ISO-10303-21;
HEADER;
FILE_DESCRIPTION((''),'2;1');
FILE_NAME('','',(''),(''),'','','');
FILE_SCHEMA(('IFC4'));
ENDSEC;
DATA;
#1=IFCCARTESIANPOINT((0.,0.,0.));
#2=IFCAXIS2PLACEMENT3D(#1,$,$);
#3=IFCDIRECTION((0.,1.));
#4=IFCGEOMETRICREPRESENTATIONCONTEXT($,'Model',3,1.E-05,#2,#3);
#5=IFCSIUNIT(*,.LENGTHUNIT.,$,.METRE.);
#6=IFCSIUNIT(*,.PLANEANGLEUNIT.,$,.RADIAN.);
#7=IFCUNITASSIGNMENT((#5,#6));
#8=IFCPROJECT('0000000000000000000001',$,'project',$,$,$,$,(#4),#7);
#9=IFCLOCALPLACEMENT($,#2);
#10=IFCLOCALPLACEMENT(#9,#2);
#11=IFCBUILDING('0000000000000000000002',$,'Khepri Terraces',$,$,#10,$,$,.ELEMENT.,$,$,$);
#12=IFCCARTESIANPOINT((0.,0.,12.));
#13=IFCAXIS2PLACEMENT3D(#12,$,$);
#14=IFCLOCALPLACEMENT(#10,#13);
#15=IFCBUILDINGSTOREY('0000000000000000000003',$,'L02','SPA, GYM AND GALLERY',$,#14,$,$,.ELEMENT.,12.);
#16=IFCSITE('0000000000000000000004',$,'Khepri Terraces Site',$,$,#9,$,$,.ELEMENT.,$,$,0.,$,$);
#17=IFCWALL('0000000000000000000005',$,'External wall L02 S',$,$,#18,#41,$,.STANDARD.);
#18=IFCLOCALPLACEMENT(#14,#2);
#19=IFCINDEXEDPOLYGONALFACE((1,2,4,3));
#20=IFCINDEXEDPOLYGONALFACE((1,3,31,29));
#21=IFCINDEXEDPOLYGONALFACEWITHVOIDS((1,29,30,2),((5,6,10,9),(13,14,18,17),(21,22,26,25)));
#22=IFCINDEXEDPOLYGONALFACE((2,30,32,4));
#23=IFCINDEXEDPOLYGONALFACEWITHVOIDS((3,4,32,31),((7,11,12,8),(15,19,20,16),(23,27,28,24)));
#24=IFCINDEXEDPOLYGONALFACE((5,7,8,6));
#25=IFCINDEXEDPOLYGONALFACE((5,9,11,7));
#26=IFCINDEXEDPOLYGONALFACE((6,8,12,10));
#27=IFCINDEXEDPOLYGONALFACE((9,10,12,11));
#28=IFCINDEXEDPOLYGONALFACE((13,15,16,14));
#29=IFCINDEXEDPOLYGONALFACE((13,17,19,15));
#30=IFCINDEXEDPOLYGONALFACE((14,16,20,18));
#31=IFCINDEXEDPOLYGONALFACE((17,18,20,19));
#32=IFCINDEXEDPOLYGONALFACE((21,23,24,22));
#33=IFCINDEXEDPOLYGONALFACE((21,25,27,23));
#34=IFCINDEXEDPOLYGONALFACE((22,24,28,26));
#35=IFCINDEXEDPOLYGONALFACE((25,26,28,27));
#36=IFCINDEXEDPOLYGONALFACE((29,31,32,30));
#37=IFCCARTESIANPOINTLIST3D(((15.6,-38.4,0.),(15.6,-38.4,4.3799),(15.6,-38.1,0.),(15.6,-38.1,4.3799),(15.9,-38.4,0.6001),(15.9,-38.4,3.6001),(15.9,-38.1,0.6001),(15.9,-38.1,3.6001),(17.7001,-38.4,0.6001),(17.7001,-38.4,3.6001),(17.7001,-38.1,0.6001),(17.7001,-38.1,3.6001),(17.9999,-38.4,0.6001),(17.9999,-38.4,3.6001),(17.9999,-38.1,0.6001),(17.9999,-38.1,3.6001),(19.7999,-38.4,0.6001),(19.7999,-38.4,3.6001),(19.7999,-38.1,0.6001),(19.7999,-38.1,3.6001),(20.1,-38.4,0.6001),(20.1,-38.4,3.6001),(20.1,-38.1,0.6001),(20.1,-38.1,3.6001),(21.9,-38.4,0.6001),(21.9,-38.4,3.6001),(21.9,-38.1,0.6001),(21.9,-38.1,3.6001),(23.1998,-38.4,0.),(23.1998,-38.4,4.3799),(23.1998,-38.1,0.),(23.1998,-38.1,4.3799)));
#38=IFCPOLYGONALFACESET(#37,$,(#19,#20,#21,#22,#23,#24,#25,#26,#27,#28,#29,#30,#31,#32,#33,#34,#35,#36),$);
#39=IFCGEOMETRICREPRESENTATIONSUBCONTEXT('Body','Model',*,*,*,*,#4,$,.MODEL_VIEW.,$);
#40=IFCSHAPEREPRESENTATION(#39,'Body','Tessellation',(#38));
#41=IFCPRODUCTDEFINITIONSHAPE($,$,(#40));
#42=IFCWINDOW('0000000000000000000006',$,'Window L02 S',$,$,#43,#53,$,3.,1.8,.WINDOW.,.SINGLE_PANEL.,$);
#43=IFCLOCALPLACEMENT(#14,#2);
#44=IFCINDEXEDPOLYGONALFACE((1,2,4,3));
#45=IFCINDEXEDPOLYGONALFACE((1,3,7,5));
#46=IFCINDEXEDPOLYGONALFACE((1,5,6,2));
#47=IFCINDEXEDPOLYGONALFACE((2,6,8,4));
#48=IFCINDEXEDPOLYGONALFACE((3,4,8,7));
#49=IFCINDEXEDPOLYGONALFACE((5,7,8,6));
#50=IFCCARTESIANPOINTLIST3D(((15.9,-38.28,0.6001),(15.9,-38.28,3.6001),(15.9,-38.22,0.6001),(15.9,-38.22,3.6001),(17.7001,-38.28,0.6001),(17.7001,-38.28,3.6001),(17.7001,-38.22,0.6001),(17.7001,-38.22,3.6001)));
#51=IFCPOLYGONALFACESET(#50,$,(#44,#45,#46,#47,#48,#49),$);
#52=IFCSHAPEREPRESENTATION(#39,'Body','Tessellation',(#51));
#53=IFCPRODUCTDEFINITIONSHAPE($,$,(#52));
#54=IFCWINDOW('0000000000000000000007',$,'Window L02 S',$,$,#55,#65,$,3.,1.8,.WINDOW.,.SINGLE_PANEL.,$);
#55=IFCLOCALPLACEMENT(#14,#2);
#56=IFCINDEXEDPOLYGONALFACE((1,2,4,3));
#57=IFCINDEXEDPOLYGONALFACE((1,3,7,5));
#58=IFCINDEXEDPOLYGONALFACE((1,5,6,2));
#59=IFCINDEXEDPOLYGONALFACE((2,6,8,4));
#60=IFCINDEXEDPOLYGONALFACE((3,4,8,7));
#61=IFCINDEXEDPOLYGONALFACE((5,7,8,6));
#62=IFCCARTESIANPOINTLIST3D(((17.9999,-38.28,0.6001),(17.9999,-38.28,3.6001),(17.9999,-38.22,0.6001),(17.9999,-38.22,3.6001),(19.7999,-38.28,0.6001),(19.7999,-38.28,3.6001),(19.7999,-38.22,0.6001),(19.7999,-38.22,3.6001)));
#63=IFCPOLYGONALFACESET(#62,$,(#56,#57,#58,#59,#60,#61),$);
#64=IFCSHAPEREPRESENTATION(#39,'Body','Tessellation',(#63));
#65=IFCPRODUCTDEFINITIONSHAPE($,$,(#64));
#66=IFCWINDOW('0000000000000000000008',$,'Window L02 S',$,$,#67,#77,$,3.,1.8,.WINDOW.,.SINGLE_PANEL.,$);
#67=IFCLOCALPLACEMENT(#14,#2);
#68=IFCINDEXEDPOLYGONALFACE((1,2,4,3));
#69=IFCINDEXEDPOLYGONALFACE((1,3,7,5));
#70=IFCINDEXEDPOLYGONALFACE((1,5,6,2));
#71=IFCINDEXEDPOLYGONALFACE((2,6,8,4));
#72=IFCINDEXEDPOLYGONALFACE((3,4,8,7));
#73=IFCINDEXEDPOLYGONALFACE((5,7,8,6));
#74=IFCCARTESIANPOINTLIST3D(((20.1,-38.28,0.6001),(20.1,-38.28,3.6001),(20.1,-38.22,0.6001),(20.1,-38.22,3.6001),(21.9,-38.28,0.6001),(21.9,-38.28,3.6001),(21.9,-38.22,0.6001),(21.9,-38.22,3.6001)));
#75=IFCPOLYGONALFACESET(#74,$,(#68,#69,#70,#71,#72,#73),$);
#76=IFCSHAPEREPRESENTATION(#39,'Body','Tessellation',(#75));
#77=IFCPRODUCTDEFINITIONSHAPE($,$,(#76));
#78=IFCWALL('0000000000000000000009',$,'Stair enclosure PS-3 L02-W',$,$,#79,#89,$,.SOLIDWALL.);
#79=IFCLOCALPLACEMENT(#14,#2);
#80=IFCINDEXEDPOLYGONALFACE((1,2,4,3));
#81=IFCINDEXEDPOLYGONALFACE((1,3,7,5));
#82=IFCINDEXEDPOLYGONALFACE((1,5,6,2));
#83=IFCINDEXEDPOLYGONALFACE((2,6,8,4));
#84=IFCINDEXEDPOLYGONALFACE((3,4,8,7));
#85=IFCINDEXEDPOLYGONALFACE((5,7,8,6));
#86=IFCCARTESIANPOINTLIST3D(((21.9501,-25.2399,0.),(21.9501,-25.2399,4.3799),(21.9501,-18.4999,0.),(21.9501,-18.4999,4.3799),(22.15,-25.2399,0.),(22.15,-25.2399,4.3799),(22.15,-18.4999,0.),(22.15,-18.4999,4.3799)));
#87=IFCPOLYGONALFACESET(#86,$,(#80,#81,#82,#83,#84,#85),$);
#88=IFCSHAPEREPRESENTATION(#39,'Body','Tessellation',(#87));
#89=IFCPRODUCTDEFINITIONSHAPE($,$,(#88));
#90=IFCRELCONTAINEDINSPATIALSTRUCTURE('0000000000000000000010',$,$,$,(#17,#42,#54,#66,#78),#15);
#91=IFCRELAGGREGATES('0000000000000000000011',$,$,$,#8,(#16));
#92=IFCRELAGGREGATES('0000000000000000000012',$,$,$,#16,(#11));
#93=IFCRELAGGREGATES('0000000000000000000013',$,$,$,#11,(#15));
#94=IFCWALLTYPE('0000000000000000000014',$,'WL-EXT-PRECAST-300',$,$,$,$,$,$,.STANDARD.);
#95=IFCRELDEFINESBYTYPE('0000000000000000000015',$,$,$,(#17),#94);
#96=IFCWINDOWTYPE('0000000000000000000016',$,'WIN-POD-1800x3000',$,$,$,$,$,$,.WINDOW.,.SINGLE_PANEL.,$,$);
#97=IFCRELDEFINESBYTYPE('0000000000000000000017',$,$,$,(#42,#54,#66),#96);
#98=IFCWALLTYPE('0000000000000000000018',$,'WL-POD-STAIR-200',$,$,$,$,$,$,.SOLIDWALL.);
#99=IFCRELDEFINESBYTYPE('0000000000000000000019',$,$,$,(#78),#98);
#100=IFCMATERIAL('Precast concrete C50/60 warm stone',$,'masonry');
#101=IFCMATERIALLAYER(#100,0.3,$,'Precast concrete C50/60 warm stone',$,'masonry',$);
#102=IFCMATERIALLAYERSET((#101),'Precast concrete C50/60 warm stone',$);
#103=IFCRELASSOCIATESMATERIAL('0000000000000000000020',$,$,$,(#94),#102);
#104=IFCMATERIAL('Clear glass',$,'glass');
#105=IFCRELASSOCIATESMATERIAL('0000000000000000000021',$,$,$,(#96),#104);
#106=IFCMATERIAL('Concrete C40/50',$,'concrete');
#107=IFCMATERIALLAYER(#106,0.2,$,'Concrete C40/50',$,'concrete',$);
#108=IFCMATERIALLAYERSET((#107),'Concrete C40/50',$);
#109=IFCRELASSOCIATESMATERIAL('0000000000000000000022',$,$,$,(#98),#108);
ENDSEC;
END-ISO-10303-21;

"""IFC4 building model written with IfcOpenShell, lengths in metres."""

from ifc_helpers import new_model, si_unit, direction, frame, frame_2d, origin, place, context, subcontext, project, spatial, rectangle, extrude, material, layer, layer_set, type_object, element, fill, save


model = new_model("IFC4")

# Units and contexts
model_context = context("Model", 3, precision=1e-05, world=origin(), true_north=direction((0.0, 1.0)))
body_context = subcontext(model_context, "Body", "Model", "MODEL_VIEW")
ifc_project = project(units=[si_unit("LENGTHUNIT", "METRE"), si_unit("PLANEANGLEUNIT", "RADIAN")], contexts=[model_context])

# Site, building, storey
site_placement = place(None, origin())
site = spatial("IfcSite", under=ifc_project, at=site_placement, Name="Khepri Terraces Site", CompositionType="ELEMENT", RefElevation=0.0)
building_placement = place(site_placement, origin())
building = spatial("IfcBuilding", under=site, at=building_placement, Name="Khepri Terraces", CompositionType="ELEMENT")
storey_placement = place(building_placement, frame((0.0, 0.0, 12.0)))
storey = spatial("IfcBuildingStorey", under=building, at=storey_placement, Name="L02", Description="SPA, GYM AND GALLERY", CompositionType="ELEMENT", Elevation=12.0)

# Shared definitions
ifc_material_1 = material(Name="Precast concrete C50/60 warm stone", Category="masonry")
ifc_layer_1 = layer(ifc_material_1, 0.3, Name="Precast concrete C50/60 warm stone", Category="masonry")
ifc_layer_set_1 = layer_set([ifc_layer_1], Name="Precast concrete C50/60 warm stone")
wall_type_1 = type_object("IfcWallType", Name="WL-EXT-PRECAST-300", PredefinedType="STANDARD", material=ifc_layer_set_1)

# Wall, openings, windows
wall_1_placement = place(storey_placement, frame((15.6001, -38.25, 0.0), z_axis=(0.0, 0.0, 1.0), x_axis=(1.0, 0.0, 0.0)))
wall_1 = element("IfcWall", 1, at=wall_1_placement, inside=storey, type_object=wall_type_1, Name="External wall L02 S", PredefinedType="STANDARD", context=body_context, shape_type="SweptSolid", body=[
    extrude(rectangle(XDim=7.5999, YDim=0.3, at=frame_2d((3.7998, 0.0))), origin(), (0.0, 0.0, 1.0), 4.3799),
])
opening_1_placement = place(wall_1_placement, frame((0.3, 0.0, 0.6001)))
opening_1 = element("IfcOpeningElement", 2, at=opening_1_placement, cuts=wall_1, PredefinedType="OPENING", context=body_context, shape_type="SweptSolid", body=[
    extrude(rectangle(XDim=1.8, YDim=3.0, at=frame_2d((0.8999, 1.5))), frame((0.0, 0.1602, 0.0), z_axis=(0.0, -1.0, 0.0), x_axis=(1.0, 0.0, 0.0)), (0.0, 0.0, 1.0), 0.3201),
])
opening_2_placement = place(wall_1_placement, frame((2.3999, 0.0, 0.6001)))
opening_2 = element("IfcOpeningElement", 3, at=opening_2_placement, cuts=wall_1, PredefinedType="OPENING", context=body_context, shape_type="SweptSolid", body=[
    extrude(rectangle(XDim=1.8, YDim=3.0, at=frame_2d((0.8999, 1.5))), frame((0.0, 0.1602, 0.0), z_axis=(0.0, -1.0, 0.0), x_axis=(1.0, 0.0, 0.0)), (0.0, 0.0, 1.0), 0.3201),
])
opening_3_placement = place(wall_1_placement, frame((4.5, 0.0, 0.6001)))
opening_3 = element("IfcOpeningElement", 4, at=opening_3_placement, cuts=wall_1, PredefinedType="OPENING", context=body_context, shape_type="SweptSolid", body=[
    extrude(rectangle(XDim=1.8, YDim=3.0, at=frame_2d((0.8999, 1.5))), frame((0.0, 0.1602, 0.0), z_axis=(0.0, -1.0, 0.0), x_axis=(1.0, 0.0, 0.0)), (0.0, 0.0, 1.0), 0.3201),
])
ifc_material_2 = material(Name="Clear glass", Category="glass")
window_type = type_object("IfcWindowType", Name="WIN-POD-1800x3000", PartitioningType="SINGLE_PANEL", PredefinedType="WINDOW", material=ifc_material_2)
window_1_placement = place(opening_1_placement, origin())
window_1 = element("IfcWindow", 5, at=window_1_placement, inside=storey, type_object=window_type, Name="Window L02 S", OverallHeight=3.0, OverallWidth=1.8, PartitioningType="SINGLE_PANEL", PredefinedType="WINDOW", context=body_context, shape_type="SweptSolid", body=[
    extrude(rectangle(XDim=1.8, YDim=3.0, at=frame_2d((0.8999, 1.5))), frame((0.0, 0.03, 0.0), z_axis=(0.0, -1.0, 0.0), x_axis=(1.0, 0.0, 0.0)), (0.0, 0.0, 1.0), 0.0601),
])
fill(opening_1, window_1)
window_2_placement = place(opening_2_placement, origin())
window_2 = element("IfcWindow", 6, at=window_2_placement, inside=storey, type_object=window_type, Name="Window L02 S", OverallHeight=3.0, OverallWidth=1.8, PartitioningType="SINGLE_PANEL", PredefinedType="WINDOW", context=body_context, shape_type="SweptSolid", body=[
    extrude(rectangle(XDim=1.8, YDim=3.0, at=frame_2d((0.8999, 1.5))), frame((0.0, 0.03, 0.0), z_axis=(0.0, -1.0, 0.0), x_axis=(1.0, 0.0, 0.0)), (0.0, 0.0, 1.0), 0.0601),
])
fill(opening_2, window_2)
window_3_placement = place(opening_3_placement, origin())
window_3 = element("IfcWindow", 7, at=window_3_placement, inside=storey, type_object=window_type, Name="Window L02 S", OverallHeight=3.0, OverallWidth=1.8, PartitioningType="SINGLE_PANEL", PredefinedType="WINDOW", context=body_context, shape_type="SweptSolid", body=[
    extrude(rectangle(XDim=1.8, YDim=3.0, at=frame_2d((0.8999, 1.5))), frame((0.0, 0.03, 0.0), z_axis=(0.0, -1.0, 0.0), x_axis=(1.0, 0.0, 0.0)), (0.0, 0.0, 1.0), 0.0601),
])
fill(opening_3, window_3)

# Wall
ifc_material_3 = material(Name="Concrete C40/50", Category="concrete")
ifc_layer_2 = layer(ifc_material_3, 0.2, Name="Concrete C40/50", Category="concrete")
ifc_layer_set_2 = layer_set([ifc_layer_2], Name="Concrete C40/50")
wall_type_2 = type_object("IfcWallType", Name="WL-POD-STAIR-200", PredefinedType="SOLIDWALL", material=ifc_layer_set_2)
wall_2_placement = place(storey_placement, frame((22.05, -25.24, 0.0), z_axis=(0.0, 0.0, 1.0), x_axis=(0.0, 1.0, 0.0)))
element("IfcWall", 8, at=wall_2_placement, inside=storey, type_object=wall_type_2, Name="Stair enclosure PS-3 L02-W", PredefinedType="SOLIDWALL", context=body_context, shape_type="SweptSolid", body=[
    extrude(rectangle(XDim=6.74, YDim=0.2, at=frame_2d((3.3701, 0.0))), origin(), (0.0, 0.0, 1.0), 4.3799),
])

save(model, "model.ifc")
